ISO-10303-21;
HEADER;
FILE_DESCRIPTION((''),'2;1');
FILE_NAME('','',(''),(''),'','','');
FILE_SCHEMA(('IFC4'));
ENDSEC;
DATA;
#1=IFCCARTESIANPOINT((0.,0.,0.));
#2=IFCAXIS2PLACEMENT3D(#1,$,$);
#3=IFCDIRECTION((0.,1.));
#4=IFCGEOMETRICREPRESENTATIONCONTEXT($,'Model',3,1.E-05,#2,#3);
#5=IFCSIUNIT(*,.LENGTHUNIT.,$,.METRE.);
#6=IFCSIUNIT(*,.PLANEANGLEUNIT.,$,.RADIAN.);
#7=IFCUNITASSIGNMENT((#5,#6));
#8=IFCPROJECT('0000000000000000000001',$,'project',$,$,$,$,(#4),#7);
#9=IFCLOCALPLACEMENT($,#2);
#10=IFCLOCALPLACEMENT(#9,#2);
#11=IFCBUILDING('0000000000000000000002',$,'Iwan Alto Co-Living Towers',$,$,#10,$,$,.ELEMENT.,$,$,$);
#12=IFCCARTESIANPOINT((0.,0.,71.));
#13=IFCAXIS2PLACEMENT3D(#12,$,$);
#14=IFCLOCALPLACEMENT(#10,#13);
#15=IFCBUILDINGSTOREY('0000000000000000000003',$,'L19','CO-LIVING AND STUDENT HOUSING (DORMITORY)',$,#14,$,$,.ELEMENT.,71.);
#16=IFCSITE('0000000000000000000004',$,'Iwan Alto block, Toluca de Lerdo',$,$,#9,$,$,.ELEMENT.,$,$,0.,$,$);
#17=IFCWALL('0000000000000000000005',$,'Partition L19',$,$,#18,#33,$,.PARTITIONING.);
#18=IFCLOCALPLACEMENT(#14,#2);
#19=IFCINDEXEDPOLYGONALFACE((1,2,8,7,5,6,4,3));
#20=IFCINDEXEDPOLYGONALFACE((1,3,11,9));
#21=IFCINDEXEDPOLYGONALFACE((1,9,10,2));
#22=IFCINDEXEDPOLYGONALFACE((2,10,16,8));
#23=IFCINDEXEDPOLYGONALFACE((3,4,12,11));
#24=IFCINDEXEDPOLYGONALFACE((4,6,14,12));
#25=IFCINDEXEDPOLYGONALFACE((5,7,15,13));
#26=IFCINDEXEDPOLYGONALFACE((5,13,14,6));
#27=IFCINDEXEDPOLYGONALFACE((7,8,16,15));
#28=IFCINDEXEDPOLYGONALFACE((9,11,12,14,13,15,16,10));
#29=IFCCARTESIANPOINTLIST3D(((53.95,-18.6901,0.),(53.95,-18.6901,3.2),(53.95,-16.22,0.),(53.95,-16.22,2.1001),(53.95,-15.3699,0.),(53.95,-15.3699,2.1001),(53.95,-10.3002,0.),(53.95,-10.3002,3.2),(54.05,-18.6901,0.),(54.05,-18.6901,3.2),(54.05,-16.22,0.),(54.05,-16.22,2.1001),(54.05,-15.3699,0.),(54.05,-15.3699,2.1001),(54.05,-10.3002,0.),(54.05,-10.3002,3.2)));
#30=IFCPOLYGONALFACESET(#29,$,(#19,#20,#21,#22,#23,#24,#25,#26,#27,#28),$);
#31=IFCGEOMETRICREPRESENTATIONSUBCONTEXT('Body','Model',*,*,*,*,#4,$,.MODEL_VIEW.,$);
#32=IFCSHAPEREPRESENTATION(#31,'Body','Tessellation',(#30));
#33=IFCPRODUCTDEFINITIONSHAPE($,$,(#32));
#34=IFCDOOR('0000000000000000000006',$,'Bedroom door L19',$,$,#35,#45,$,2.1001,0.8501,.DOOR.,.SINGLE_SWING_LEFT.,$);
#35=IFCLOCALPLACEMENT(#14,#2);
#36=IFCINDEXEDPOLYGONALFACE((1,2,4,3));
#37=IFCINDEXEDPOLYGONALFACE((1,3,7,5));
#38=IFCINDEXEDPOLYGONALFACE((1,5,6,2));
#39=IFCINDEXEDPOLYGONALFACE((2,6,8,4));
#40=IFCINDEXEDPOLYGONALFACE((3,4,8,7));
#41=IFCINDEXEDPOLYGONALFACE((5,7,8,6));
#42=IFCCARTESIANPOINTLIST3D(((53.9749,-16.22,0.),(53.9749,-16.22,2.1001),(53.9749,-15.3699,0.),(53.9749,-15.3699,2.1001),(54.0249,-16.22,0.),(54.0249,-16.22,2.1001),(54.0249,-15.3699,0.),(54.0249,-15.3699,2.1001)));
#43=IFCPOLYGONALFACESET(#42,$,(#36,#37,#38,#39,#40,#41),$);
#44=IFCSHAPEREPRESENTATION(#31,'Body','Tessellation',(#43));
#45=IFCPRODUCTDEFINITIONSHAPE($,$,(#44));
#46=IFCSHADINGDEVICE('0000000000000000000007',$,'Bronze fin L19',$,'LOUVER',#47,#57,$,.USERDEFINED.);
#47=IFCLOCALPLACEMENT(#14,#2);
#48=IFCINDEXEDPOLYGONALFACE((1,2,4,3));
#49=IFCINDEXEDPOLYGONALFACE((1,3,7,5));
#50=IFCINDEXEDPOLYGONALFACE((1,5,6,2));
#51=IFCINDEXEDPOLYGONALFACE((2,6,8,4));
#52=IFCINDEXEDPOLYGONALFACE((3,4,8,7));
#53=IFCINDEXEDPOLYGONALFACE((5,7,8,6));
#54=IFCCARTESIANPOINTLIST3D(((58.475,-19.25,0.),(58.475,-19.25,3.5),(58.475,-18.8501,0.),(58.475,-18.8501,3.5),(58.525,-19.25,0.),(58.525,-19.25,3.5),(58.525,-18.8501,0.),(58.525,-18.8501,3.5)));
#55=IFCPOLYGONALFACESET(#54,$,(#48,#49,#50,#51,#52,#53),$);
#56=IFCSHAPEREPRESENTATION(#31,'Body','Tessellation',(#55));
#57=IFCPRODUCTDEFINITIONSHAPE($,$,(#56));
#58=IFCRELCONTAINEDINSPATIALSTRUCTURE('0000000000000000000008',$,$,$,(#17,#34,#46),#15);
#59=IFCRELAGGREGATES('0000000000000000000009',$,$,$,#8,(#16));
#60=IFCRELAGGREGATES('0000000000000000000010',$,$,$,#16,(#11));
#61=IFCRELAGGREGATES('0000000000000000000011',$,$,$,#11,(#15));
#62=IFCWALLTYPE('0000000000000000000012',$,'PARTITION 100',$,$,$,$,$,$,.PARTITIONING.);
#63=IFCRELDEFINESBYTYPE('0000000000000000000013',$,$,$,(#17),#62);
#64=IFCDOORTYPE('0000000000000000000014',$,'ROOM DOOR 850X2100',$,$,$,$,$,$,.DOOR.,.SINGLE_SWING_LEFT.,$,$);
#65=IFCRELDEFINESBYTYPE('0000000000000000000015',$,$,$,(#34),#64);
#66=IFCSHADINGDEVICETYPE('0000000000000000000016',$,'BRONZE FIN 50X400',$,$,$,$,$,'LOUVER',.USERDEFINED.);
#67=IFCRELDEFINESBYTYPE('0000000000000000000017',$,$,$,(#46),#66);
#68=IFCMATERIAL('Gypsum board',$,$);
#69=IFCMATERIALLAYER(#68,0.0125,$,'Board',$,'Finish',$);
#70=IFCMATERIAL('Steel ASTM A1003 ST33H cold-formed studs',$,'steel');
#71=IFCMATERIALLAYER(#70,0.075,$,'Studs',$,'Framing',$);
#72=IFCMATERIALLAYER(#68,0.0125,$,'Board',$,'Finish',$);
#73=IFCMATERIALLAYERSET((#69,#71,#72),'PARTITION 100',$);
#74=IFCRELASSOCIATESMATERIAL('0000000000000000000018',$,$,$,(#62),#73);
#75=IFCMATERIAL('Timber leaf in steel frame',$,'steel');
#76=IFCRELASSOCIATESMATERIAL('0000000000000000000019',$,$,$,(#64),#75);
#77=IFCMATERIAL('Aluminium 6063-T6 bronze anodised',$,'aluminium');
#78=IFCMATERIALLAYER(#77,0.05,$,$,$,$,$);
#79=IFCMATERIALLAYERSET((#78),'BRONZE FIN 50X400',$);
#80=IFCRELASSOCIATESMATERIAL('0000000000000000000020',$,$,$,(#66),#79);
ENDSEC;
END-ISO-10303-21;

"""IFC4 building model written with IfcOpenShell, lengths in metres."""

from ifc_helpers import new_model, si_unit, direction, frame, frame_2d, origin, origin_2d, place, context, subcontext, project, spatial, rectangle, extrude, material, layer, layer_set, type_object, element, fill, save


model = new_model("IFC4")

# Units and contexts
model_context = context("Model", 3, precision=1e-05, world=origin(), true_north=direction((0.0, 1.0)))
body_context = subcontext(model_context, "Body", "Model", "MODEL_VIEW")
ifc_project = project(units=[si_unit("LENGTHUNIT", "METRE"), si_unit("PLANEANGLEUNIT", "RADIAN")], contexts=[model_context])

# Site, building, storey
site_placement = place(None, origin())
site = spatial("IfcSite", under=ifc_project, at=site_placement, Name="Iwan Alto block, Toluca de Lerdo", CompositionType="ELEMENT", RefElevation=0.0)
building_placement = place(site_placement, origin())
building = spatial("IfcBuilding", under=site, at=building_placement, Name="Iwan Alto Co-Living Towers", CompositionType="ELEMENT")
storey_placement = place(building_placement, frame((0.0, 0.0, 71.0)))
storey = spatial("IfcBuildingStorey", under=building, at=storey_placement, Name="L19", Description="CO-LIVING AND STUDENT HOUSING (DORMITORY)", CompositionType="ELEMENT", Elevation=71.0)

# Shared definitions
ifc_material_1 = material(Name="Gypsum board")
ifc_layer_1 = layer(ifc_material_1, 0.0125, Name="Board", Category="Finish")
ifc_material_2 = material(Name="Steel ASTM A1003 ST33H cold-formed studs", Category="steel")
ifc_layer_2 = layer(ifc_material_2, 0.075, Name="Studs", Category="Framing")
ifc_layer_3 = layer(ifc_material_1, 0.0125, Name="Board", Category="Finish")
ifc_layer_set_1 = layer_set([ifc_layer_1, ifc_layer_2, ifc_layer_3], Name="PARTITION 100")
wall_type = type_object("IfcWallType", Name="PARTITION 100", PredefinedType="PARTITIONING", material=ifc_layer_set_1)

# Wall, opening, door
wall_1_placement = place(storey_placement, frame((54.0, -18.6899, 0.0), z_axis=(0.0, 0.0, 1.0), x_axis=(0.0, 1.0, 0.0)))
wall_1 = element("IfcWall", 1, at=wall_1_placement, inside=storey, type_object=wall_type, Name="Partition L19", PredefinedType="PARTITIONING", context=body_context, shape_type="SweptSolid", body=[
    extrude(rectangle(XDim=8.3899, YDim=0.1001, at=frame_2d((4.1948, 0.0))), origin(), (0.0, 0.0, 1.0), 3.2),
])
opening_placement = place(wall_1_placement, frame((2.47, 0.0, 0.0)))
opening = element("IfcOpeningElement", 2, at=opening_placement, cuts=wall_1, PredefinedType="OPENING", context=body_context, shape_type="SweptSolid", body=[
    extrude(rectangle(XDim=0.8501, YDim=2.1001, at=frame_2d((0.425, 1.05))), frame((0.0, 0.0601, 0.0), z_axis=(0.0, -1.0, 0.0), x_axis=(1.0, 0.0, 0.0)), (0.0, 0.0, 1.0), 0.1201),
])
ifc_material_3 = material(Name="Timber leaf in steel frame", Category="steel")
door_type = type_object("IfcDoorType", Name="ROOM DOOR 850X2100", OperationType="SINGLE_SWING_LEFT", PredefinedType="DOOR", material=ifc_material_3)
door_placement = place(opening_placement, frame((0.8501, 0.0, 0.0), z_axis=(0.0, 0.0, 1.0), x_axis=(-1.0, 0.0, 0.0)))
door = element("IfcDoor", 3, at=door_placement, inside=storey, type_object=door_type, Name="Bedroom door L19", OperationType="SINGLE_SWING_LEFT", OverallHeight=2.1001, OverallWidth=0.8501, PredefinedType="DOOR", context=body_context, shape_type="SweptSolid", body=[
    extrude(rectangle(XDim=0.8501, YDim=2.1001, at=frame_2d((0.425, 1.05))), frame((0.0, 0.0249, 0.0), z_axis=(0.0, -1.0, 0.0), x_axis=(1.0, 0.0, 0.0)), (0.0, 0.0, 1.0), 0.05),
])
fill(opening, door)

# Shading device
ifc_material_4 = material(Name="Aluminium 6063-T6 bronze anodised", Category="aluminium")
ifc_layer_4 = layer(ifc_material_4, 0.05)
ifc_layer_set_2 = layer_set([ifc_layer_4], Name="BRONZE FIN 50X400")
shading_device_type = type_object("IfcShadingDeviceType", Name="BRONZE FIN 50X400", ElementType="LOUVER", PredefinedType="USERDEFINED", material=ifc_layer_set_2)
shading_device_placement = place(storey_placement, frame((58.5, -19.05, 0.0), z_axis=(0.0, 0.0, 1.0), x_axis=(1.0, 0.0, 0.0)))
element("IfcShadingDevice", 4, at=shading_device_placement, inside=storey, type_object=shading_device_type, Name="Bronze fin L19", ObjectType="LOUVER", PredefinedType="USERDEFINED", context=body_context, shape_type="SweptSolid", body=[
    extrude(rectangle(XDim=0.05, YDim=0.3999, at=origin_2d()), origin(), (0.0, 0.0, 1.0), 3.5),
])

save(model, "model.ifc")
